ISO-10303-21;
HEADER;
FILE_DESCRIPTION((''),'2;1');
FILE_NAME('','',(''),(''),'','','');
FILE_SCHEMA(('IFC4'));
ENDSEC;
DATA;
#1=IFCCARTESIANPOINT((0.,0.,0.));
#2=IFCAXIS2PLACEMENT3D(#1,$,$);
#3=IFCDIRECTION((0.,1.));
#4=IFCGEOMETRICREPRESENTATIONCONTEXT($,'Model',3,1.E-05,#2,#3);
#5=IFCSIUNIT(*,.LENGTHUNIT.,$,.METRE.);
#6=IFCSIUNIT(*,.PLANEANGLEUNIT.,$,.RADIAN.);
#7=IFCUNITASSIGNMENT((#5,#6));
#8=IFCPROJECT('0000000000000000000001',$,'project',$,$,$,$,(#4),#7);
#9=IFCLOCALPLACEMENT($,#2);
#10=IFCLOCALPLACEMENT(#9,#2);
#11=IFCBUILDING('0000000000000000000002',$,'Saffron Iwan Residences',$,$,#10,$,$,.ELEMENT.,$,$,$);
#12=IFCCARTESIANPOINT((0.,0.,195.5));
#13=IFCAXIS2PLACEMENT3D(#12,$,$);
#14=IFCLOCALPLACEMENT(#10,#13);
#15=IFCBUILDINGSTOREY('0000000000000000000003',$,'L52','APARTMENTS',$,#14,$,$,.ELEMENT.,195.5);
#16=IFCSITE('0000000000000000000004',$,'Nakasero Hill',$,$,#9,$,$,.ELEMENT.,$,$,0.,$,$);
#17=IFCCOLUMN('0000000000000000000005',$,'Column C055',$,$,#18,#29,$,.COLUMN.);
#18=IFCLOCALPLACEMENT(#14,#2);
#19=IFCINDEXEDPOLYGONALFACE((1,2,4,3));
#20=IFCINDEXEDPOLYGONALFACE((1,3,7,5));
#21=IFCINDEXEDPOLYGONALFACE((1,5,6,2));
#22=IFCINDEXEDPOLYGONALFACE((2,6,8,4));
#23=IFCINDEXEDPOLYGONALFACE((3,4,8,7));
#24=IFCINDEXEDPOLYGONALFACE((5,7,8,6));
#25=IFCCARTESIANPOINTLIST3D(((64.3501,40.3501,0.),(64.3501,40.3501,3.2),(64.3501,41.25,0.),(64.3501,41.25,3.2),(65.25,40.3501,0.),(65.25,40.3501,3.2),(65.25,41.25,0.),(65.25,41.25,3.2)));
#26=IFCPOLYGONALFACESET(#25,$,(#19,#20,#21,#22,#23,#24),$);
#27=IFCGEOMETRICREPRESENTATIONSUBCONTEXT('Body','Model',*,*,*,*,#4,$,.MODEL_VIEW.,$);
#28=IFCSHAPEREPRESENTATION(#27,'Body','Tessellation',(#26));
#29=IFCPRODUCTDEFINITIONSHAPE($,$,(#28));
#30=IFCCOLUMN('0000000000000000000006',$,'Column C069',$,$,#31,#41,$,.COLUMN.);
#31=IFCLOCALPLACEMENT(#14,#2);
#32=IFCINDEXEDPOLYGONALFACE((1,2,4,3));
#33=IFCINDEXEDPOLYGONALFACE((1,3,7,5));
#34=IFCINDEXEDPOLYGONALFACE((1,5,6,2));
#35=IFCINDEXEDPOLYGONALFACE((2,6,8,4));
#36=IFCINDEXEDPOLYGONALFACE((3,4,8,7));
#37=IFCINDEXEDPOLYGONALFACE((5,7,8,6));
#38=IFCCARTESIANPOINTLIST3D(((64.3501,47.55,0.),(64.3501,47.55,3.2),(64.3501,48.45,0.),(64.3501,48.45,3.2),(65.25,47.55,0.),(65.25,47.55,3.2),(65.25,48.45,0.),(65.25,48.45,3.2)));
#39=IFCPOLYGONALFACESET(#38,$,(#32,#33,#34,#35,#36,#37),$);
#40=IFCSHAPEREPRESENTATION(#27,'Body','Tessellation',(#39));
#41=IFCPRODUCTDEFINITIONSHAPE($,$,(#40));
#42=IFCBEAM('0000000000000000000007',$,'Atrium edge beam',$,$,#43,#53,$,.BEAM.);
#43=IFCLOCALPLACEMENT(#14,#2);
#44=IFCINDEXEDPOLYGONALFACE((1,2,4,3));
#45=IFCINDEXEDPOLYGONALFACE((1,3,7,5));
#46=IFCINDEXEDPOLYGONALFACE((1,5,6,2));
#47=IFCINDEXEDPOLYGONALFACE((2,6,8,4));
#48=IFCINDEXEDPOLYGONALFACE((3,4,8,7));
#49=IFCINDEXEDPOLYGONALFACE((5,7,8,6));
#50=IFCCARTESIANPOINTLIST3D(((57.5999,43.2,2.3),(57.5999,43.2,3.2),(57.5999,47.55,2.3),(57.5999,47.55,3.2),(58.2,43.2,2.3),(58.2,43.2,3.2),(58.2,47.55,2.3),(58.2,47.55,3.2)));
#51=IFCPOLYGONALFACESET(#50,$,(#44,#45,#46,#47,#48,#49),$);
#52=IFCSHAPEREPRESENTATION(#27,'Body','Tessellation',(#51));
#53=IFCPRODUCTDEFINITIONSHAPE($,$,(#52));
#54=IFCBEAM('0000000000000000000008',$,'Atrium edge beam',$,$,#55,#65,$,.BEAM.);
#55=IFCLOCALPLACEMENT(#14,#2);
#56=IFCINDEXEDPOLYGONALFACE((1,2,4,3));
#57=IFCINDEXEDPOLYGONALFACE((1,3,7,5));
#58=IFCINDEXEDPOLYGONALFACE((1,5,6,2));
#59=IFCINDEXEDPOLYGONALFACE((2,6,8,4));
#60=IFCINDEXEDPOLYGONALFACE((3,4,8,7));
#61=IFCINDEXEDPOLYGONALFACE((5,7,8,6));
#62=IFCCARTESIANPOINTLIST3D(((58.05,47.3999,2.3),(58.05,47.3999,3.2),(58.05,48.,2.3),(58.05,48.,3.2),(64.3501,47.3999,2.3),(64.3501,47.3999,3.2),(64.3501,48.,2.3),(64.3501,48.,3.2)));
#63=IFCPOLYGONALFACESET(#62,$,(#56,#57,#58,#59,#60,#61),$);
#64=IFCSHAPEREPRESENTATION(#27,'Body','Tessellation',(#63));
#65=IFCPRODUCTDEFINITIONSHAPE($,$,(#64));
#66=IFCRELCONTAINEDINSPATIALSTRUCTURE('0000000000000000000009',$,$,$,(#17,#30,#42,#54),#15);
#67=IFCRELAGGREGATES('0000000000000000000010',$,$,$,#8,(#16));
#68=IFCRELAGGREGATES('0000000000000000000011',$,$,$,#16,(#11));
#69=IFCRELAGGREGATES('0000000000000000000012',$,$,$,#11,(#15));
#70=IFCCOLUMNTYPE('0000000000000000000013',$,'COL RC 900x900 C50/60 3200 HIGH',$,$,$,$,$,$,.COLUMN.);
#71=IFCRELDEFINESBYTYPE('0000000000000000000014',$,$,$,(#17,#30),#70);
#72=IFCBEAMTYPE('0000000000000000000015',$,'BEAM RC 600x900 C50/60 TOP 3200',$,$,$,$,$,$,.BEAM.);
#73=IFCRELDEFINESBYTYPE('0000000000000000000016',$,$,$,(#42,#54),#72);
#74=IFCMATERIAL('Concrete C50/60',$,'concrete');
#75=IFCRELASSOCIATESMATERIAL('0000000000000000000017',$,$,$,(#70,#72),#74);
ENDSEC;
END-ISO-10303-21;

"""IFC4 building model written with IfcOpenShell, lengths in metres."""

from ifc_helpers import new_model, si_unit, direction, frame, origin, origin_2d, place, context, subcontext, project, spatial, rectangle, extrude, source, transform, mapped, material, material_profile, profile_set, type_object, element, save


model = new_model("IFC4")

# Units and contexts
model_context = context("Model", 3, precision=1e-05, world=origin(), true_north=direction((0.0, 1.0)))
body_context = subcontext(model_context, "Body", "Model", "MODEL_VIEW")
ifc_project = project(units=[si_unit("LENGTHUNIT", "METRE"), si_unit("PLANEANGLEUNIT", "RADIAN")], contexts=[model_context])

# Site, building, storey
site_placement = place(None, origin())
site = spatial("IfcSite", under=ifc_project, at=site_placement, Name="Nakasero Hill", CompositionType="ELEMENT", RefElevation=0.0)
building_placement = place(site_placement, origin())
building = spatial("IfcBuilding", under=site, at=building_placement, Name="Saffron Iwan Residences", CompositionType="ELEMENT")
storey_placement = place(building_placement, frame((0.0, 0.0, 195.5)))
storey = spatial("IfcBuildingStorey", under=building, at=storey_placement, Name="L52", Description="APARTMENTS", CompositionType="ELEMENT", Elevation=195.5)

# Columns
ifc_material_1 = material(Name="Concrete C50/60", Category="concrete")
ifc_material_profile_1 = material_profile(ifc_material_1, rectangle(XDim=0.8999, YDim=0.8999, at=origin_2d()), Name="RC 900x900")
ifc_profile_set_1 = profile_set([ifc_material_profile_1], Name="Concrete C50/60")
column_type = type_object("IfcColumnType", Name="COL RC 900x900 C50/60 3200 HIGH", PredefinedType="COLUMN", material=ifc_profile_set_1)
shared_shape_1 = source(origin(), body_context, "Body", "SweptSolid", [
    extrude(rectangle(XDim=0.8999, YDim=0.8999, at=origin_2d()), origin(), (0.0, 0.0, 1.0), 3.2),
])
for number, where, z_axis, x_axis, name in (
    (1, (64.8, 40.8, 0.0), (0.0, 0.0, 1.0), (1.0, 0.0, 0.0), "Column C055"),
    (2, (64.8, 48.0, 0.0), (0.0, 0.0, 1.0), (1.0, 0.0, 0.0), "Column C069"),
):
    element("IfcColumn", number, at=place(storey_placement, frame(where, z_axis=z_axis, x_axis=x_axis)), inside=storey, type_object=column_type, Name=name, PredefinedType="COLUMN", context=body_context, shape_type="MappedRepresentation", body=[
        mapped(shared_shape_1, transform((0.0, 0.0, 0.0))),
    ])

# Beams
ifc_material_profile_2 = material_profile(ifc_material_1, rectangle(XDim=0.6001, YDim=0.8999, at=origin_2d()), Name="RC 600x900")
ifc_profile_set_2 = profile_set([ifc_material_profile_2], Name="Concrete C50/60")
beam_type = type_object("IfcBeamType", Name="BEAM RC 600x900 C50/60 TOP 3200", PredefinedType="BEAM", material=ifc_profile_set_2)
shared_shape_2 = source(origin(), body_context, "Body", "SweptSolid", [
    extrude(rectangle(XDim=0.6001, YDim=0.8999, at=origin_2d()), origin(), (0.0, 0.0, 1.0), 4.3501),
])
beam_1_placement = place(storey_placement, frame((57.8999, 47.55, 2.75), z_axis=(0.0, -1.0, 0.0), x_axis=(1.0, 0.0, 0.0)))
element("IfcBeam", 3, at=beam_1_placement, inside=storey, type_object=beam_type, Name="Atrium edge beam", PredefinedType="BEAM", context=body_context, shape_type="MappedRepresentation", body=[
    mapped(shared_shape_2, transform((0.0, 0.0, 0.0))),
])
shared_shape_3 = source(origin(), body_context, "Body", "SweptSolid", [
    extrude(rectangle(XDim=0.6001, YDim=0.8999, at=origin_2d()), origin(), (0.0, 0.0, 1.0), 6.3),
])
beam_2_placement = place(storey_placement, frame((64.3501, 47.7, 2.75), z_axis=(-1.0, 0.0, 0.0), x_axis=(0.0, -1.0, 0.0)))
element("IfcBeam", 4, at=beam_2_placement, inside=storey, type_object=beam_type, Name="Atrium edge beam", PredefinedType="BEAM", context=body_context, shape_type="MappedRepresentation", body=[
    mapped(shared_shape_3, transform((0.0, 0.0, 0.0))),
])

save(model, "model.ifc")
